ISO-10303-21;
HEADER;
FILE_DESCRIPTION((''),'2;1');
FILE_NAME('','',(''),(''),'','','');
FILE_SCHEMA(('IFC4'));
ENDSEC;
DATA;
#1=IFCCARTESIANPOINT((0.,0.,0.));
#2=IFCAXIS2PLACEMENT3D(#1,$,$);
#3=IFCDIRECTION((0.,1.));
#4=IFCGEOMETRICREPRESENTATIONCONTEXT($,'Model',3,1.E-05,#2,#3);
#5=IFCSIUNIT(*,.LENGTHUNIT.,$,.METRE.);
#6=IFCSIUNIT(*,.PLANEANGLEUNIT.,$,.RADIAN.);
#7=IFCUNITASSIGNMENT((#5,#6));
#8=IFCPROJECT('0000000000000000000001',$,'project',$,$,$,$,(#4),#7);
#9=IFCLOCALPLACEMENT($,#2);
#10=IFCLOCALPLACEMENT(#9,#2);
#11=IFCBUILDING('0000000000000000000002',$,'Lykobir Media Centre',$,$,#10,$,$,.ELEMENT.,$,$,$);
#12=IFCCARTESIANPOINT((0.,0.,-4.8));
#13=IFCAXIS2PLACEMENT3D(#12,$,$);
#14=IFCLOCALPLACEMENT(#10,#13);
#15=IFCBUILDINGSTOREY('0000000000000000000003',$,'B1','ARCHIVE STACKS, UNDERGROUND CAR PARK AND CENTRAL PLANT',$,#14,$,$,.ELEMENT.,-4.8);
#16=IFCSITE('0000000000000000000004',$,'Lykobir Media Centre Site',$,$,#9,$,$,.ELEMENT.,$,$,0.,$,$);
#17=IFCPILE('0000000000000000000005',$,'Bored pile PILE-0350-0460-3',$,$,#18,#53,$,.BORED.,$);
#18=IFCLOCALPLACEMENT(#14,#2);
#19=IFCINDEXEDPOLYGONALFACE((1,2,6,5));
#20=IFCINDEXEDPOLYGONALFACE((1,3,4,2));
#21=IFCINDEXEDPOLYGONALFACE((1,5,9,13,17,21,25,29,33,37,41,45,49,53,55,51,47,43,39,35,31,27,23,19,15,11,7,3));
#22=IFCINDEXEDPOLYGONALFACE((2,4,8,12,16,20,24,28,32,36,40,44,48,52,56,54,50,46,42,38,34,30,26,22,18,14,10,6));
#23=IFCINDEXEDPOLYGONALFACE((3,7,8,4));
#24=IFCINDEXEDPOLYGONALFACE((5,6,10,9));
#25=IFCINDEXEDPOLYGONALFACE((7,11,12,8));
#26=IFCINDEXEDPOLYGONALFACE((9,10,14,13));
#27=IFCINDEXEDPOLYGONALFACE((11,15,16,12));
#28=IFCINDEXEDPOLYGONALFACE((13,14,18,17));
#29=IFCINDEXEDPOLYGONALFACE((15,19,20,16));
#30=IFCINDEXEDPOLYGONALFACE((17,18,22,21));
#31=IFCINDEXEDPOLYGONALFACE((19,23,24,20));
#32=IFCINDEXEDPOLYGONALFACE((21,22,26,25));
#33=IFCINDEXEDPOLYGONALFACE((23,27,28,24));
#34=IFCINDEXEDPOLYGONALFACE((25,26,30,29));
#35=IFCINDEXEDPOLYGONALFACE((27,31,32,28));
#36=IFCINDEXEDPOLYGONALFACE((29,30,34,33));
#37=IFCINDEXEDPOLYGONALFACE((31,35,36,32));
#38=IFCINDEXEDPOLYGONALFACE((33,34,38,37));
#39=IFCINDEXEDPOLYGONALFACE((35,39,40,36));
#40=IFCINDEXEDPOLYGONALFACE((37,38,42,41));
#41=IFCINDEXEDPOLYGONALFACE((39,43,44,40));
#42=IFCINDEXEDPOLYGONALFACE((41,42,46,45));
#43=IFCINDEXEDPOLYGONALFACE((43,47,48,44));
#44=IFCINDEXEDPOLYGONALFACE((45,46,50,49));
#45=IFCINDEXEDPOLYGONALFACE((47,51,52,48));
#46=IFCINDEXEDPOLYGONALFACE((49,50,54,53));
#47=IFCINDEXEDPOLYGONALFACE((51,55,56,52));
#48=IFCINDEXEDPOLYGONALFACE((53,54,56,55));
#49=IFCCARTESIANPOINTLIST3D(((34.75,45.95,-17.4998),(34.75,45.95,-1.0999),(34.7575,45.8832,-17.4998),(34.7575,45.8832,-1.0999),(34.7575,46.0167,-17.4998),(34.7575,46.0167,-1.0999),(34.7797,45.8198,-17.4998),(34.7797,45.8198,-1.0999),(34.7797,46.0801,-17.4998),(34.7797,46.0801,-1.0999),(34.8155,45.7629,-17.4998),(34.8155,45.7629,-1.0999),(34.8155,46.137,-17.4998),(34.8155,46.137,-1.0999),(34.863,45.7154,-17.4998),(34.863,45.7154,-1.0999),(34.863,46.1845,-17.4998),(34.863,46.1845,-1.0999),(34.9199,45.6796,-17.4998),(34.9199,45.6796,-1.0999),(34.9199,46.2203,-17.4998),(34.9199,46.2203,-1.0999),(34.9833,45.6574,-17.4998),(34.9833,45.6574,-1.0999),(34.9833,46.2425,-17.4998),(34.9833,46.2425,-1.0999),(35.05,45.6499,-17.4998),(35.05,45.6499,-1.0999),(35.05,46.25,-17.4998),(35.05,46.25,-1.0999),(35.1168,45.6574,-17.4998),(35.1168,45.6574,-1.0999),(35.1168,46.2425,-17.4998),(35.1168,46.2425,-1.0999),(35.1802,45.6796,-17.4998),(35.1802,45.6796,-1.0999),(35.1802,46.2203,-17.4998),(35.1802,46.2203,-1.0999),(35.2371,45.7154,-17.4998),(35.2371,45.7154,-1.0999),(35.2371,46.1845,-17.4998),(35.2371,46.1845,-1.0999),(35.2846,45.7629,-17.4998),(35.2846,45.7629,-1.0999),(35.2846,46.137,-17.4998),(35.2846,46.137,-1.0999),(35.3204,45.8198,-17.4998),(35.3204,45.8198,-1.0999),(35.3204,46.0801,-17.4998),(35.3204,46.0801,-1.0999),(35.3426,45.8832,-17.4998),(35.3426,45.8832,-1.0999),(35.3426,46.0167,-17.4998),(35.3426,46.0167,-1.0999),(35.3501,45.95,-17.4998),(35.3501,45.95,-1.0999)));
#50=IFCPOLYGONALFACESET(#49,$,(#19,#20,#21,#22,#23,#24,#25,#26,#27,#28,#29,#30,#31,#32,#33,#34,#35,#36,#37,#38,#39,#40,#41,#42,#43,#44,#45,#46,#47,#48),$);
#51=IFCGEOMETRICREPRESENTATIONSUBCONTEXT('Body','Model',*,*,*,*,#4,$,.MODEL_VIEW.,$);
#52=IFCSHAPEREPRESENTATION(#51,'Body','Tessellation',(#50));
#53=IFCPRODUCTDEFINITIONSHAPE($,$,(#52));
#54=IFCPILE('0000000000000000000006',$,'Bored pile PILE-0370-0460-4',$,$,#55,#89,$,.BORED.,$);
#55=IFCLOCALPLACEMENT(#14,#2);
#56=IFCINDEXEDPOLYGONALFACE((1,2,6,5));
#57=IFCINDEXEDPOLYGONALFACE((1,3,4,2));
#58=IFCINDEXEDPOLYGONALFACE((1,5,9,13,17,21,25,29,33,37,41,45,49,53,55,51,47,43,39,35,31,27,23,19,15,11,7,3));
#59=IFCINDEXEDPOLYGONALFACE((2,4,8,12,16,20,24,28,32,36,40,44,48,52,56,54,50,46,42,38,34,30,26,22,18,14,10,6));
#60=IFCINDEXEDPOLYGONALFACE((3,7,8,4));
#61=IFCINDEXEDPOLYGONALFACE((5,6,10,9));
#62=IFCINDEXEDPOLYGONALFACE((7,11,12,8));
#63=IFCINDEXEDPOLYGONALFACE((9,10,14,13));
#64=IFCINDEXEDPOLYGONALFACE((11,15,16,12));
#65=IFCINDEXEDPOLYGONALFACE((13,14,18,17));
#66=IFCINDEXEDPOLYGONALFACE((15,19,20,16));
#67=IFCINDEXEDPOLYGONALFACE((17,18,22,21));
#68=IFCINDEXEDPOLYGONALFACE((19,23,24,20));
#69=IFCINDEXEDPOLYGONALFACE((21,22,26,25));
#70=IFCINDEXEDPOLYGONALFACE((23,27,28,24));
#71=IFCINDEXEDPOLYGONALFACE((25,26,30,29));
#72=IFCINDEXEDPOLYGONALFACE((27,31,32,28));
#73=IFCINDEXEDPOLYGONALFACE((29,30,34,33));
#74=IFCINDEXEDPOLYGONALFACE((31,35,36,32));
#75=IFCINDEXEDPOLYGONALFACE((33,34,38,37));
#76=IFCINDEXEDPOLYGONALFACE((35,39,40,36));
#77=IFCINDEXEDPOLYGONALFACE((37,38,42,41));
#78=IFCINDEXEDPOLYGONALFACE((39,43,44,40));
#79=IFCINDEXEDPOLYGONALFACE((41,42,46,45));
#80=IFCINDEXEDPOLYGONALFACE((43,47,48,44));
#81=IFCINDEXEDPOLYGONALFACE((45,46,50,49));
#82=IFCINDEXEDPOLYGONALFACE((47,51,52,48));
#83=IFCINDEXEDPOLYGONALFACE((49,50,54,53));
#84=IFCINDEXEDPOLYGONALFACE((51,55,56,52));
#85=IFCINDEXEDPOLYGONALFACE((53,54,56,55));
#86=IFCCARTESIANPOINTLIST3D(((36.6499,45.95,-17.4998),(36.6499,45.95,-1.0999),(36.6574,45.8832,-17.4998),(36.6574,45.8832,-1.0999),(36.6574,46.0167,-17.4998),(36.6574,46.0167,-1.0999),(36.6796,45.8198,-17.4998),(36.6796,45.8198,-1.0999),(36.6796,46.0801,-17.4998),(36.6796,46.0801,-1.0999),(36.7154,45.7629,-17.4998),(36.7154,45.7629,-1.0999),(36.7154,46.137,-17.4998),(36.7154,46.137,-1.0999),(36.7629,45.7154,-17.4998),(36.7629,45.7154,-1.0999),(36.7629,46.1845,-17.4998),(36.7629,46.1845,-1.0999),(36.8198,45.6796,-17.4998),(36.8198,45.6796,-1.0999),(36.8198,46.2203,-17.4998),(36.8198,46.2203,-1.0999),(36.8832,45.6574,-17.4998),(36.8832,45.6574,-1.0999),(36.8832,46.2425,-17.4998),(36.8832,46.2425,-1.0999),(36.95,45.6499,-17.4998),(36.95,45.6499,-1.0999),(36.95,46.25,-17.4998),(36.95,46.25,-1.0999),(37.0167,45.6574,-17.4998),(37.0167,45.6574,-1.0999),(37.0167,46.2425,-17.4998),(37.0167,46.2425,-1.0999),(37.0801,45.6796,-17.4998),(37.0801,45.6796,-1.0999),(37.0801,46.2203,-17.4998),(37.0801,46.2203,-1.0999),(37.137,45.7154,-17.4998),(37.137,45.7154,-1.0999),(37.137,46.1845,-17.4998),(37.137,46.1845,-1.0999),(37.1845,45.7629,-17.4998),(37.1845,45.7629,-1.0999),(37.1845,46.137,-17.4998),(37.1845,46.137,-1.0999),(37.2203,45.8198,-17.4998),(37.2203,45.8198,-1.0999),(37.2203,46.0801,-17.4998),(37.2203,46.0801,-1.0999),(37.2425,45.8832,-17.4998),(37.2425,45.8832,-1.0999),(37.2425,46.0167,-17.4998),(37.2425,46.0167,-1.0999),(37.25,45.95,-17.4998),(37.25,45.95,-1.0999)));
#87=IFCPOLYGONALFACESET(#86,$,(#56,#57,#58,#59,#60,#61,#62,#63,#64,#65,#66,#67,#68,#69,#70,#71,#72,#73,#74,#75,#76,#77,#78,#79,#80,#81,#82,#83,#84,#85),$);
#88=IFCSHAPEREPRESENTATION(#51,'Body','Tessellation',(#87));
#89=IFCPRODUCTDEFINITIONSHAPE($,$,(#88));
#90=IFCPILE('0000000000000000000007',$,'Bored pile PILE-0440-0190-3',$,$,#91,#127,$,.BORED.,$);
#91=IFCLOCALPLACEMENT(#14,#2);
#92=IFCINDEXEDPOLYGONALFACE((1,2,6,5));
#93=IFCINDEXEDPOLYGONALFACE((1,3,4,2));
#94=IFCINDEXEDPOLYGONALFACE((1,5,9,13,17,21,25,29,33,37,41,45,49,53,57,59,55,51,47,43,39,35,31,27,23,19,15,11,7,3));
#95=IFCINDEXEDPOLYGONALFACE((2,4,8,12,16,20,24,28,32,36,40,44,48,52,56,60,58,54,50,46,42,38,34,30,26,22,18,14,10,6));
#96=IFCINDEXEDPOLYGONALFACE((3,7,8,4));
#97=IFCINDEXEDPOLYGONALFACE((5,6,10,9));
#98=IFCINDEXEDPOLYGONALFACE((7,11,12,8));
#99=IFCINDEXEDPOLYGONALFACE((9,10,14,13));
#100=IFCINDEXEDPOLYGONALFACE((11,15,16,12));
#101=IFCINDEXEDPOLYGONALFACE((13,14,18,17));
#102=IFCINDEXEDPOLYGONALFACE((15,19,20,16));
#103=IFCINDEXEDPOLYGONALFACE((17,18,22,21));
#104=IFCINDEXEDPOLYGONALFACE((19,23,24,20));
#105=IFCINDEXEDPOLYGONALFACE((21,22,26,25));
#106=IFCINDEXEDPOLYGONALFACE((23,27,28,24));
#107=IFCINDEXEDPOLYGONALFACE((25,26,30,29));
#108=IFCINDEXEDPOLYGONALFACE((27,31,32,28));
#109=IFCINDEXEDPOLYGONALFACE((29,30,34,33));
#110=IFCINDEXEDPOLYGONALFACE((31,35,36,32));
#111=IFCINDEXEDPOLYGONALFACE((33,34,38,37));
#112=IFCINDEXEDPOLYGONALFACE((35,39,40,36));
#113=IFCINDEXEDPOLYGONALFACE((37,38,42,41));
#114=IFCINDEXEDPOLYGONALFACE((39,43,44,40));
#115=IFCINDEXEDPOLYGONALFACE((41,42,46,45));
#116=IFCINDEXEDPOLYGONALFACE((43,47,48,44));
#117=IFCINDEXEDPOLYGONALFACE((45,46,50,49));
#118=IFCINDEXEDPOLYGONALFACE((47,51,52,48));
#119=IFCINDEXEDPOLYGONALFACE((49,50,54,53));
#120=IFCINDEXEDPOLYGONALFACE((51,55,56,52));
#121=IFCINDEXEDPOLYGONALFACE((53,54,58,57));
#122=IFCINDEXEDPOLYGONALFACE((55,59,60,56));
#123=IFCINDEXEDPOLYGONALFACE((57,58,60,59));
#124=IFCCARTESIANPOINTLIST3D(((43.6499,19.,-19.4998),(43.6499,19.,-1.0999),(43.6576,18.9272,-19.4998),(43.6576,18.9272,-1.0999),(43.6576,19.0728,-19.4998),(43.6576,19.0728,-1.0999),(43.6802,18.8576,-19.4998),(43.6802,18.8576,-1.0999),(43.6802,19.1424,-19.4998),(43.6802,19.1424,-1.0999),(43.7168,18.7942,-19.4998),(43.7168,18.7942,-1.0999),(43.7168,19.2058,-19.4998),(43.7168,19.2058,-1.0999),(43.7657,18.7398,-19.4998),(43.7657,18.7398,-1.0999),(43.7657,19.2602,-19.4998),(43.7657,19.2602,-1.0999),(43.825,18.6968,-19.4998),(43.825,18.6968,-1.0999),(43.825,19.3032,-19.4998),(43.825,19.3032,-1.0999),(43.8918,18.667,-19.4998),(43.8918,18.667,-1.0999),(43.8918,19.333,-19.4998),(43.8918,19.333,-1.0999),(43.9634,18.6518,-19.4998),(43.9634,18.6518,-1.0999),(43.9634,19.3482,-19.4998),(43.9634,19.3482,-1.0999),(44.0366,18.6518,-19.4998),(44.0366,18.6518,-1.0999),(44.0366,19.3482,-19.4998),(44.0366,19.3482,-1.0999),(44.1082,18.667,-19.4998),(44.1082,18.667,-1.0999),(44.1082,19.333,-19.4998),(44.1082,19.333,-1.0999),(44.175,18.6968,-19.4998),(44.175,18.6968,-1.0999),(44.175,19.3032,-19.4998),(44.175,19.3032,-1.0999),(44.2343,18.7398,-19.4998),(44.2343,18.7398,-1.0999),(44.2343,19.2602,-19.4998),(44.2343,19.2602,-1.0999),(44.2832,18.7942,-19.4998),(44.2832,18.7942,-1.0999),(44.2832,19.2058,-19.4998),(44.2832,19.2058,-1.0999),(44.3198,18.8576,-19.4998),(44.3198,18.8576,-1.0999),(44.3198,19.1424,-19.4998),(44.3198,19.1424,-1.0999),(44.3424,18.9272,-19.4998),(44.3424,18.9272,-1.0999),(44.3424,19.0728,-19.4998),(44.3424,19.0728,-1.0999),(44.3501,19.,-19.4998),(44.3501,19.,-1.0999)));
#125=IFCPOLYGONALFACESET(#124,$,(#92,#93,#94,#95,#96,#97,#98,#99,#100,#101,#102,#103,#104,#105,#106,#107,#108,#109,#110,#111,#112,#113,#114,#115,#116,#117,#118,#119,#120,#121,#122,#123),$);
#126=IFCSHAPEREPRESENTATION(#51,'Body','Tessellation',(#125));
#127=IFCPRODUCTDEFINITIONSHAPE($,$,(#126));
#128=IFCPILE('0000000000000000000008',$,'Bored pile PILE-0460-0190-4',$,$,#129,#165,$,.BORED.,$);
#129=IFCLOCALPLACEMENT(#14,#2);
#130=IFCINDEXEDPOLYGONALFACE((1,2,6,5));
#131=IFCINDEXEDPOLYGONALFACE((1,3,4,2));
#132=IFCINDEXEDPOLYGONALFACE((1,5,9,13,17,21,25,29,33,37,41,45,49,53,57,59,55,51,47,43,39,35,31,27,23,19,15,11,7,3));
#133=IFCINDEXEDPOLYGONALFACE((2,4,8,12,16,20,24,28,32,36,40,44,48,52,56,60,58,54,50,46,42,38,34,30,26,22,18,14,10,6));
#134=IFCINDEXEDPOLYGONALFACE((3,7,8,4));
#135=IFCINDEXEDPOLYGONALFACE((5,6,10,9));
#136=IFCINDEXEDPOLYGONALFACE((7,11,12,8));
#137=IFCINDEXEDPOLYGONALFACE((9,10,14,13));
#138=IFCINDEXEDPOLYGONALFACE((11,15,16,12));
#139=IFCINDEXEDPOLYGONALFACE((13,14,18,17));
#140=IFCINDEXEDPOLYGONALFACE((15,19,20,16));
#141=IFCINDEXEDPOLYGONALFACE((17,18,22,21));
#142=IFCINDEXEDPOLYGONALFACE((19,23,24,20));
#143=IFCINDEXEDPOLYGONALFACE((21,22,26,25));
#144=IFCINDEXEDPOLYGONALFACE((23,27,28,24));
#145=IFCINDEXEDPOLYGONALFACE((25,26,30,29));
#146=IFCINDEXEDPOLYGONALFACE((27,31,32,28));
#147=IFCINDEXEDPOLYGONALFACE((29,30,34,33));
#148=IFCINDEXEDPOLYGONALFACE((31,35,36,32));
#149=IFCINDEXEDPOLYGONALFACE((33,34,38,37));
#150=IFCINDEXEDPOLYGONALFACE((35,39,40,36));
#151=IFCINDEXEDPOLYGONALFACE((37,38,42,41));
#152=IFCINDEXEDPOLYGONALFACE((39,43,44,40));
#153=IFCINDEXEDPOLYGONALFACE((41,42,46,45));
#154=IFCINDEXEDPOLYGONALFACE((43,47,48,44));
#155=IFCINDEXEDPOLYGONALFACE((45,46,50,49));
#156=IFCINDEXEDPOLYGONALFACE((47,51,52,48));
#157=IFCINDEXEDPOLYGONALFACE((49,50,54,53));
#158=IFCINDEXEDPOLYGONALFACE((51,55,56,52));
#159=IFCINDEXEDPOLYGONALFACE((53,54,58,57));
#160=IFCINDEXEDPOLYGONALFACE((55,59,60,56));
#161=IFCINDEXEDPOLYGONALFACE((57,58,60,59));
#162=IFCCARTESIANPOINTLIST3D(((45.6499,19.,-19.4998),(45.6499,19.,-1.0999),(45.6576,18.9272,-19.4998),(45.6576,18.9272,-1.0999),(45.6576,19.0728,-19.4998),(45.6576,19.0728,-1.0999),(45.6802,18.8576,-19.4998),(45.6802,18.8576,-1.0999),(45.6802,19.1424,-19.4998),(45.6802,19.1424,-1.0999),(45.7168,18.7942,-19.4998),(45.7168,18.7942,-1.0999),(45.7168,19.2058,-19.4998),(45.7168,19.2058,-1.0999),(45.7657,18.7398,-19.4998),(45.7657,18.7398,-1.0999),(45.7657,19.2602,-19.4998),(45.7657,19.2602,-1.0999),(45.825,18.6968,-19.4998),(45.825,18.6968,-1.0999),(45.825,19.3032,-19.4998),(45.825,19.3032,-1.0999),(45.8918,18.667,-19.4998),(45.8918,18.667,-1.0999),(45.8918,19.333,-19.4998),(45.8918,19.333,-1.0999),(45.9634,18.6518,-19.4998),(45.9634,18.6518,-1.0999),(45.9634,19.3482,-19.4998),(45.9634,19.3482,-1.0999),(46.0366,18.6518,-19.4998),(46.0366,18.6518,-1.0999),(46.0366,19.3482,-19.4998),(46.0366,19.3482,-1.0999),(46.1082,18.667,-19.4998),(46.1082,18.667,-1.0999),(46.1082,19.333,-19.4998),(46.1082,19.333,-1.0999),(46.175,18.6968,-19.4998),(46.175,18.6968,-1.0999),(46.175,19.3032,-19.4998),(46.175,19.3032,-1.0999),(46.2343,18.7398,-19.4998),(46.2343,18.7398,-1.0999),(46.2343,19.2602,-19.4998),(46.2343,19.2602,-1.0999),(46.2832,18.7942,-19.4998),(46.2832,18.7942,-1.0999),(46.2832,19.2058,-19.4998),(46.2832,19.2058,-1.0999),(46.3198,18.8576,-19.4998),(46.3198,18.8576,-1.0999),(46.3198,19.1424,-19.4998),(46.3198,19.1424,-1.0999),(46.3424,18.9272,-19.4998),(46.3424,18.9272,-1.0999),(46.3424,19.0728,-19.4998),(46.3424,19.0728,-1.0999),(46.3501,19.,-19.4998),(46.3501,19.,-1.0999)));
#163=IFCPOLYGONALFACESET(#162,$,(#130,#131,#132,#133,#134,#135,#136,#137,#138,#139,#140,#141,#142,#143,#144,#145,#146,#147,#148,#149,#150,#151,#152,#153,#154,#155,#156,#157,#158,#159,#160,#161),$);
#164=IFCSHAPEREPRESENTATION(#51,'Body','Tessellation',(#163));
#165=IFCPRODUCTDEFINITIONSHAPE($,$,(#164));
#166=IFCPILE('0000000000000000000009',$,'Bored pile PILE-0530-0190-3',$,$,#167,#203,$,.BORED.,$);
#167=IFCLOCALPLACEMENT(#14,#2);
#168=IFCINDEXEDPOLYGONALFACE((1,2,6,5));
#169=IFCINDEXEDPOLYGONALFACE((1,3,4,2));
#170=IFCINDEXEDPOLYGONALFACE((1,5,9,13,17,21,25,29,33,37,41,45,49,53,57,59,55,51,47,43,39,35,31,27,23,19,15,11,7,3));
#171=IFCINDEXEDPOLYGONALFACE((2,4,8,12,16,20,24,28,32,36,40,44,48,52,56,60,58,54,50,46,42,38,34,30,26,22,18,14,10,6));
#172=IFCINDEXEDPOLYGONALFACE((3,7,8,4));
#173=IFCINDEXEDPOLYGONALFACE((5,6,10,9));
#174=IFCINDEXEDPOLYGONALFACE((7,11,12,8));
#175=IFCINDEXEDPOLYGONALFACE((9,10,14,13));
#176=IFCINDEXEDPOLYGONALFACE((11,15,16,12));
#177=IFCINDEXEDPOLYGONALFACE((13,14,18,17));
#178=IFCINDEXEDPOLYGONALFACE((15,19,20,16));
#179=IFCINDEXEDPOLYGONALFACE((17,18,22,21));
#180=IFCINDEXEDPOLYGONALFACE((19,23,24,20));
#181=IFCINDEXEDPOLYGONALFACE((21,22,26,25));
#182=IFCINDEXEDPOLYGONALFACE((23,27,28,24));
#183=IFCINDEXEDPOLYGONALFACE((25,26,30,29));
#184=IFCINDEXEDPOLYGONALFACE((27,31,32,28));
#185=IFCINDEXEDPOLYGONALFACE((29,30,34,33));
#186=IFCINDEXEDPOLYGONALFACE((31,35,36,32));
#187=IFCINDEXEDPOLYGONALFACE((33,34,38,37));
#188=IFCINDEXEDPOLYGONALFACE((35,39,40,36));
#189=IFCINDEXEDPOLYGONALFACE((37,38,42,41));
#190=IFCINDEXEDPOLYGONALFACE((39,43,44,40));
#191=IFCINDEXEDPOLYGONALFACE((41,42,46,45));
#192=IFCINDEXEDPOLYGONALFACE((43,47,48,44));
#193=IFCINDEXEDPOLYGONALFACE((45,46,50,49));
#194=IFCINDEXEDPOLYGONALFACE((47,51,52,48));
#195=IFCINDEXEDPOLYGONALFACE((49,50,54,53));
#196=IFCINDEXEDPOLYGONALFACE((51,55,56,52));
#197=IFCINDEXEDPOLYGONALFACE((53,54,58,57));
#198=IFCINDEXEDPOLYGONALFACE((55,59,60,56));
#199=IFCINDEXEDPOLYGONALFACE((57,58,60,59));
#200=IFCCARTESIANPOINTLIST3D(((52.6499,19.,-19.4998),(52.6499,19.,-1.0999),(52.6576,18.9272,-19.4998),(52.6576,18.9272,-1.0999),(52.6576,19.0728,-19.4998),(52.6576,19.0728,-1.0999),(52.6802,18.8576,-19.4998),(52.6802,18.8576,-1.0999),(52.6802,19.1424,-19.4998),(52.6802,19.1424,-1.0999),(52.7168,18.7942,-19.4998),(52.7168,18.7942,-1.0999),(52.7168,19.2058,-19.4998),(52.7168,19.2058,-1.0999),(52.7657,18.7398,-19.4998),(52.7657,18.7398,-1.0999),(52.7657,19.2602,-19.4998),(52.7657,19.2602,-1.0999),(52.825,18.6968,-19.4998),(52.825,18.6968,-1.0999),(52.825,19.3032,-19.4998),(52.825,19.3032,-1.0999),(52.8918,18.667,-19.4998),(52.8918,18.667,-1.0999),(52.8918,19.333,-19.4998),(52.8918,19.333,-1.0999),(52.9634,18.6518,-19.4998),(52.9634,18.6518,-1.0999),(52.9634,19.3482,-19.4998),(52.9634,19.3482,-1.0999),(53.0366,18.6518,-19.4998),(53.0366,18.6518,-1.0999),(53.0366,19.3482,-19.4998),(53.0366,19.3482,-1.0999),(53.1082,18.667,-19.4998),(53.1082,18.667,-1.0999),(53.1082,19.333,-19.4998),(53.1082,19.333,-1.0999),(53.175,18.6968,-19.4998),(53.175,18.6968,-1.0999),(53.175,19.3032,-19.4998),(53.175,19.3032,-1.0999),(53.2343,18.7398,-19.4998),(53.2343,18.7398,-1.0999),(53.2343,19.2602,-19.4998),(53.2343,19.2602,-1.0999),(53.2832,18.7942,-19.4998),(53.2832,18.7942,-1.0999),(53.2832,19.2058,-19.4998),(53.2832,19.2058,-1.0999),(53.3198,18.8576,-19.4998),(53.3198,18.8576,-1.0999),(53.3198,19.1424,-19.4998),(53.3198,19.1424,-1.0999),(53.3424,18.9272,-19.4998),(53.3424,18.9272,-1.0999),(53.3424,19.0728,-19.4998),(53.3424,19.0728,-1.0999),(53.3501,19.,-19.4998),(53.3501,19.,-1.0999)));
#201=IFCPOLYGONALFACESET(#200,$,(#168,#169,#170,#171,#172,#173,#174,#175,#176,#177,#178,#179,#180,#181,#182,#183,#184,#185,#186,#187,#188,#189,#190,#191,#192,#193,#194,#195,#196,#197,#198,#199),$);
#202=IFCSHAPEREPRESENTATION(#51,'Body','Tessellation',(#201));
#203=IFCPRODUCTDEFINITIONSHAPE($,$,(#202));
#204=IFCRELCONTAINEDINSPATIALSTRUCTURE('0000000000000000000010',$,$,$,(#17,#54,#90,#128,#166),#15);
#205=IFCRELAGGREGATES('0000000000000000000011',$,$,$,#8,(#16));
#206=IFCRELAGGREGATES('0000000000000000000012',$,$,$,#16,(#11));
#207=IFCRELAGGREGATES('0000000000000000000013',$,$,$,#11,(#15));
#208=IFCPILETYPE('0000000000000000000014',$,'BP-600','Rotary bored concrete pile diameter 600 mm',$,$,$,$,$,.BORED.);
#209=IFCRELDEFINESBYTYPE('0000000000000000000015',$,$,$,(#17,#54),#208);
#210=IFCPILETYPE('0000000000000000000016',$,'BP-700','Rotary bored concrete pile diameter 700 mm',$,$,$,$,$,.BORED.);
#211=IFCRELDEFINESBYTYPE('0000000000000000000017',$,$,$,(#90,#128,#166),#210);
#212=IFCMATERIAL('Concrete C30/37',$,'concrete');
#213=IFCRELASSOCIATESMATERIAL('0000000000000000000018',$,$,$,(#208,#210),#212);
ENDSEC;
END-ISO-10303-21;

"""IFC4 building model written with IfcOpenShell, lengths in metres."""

from ifc_helpers import new_model, si_unit, direction, frame, origin, origin_2d, place, context, subcontext, project, spatial, circle, extrude, material, material_profile, profile_set, type_object, element, save


model = new_model("IFC4")

# Units and contexts
model_context = context("Model", 3, precision=1e-05, world=origin(), true_north=direction((0.0, 1.0)))
body_context = subcontext(model_context, "Body", "Model", "MODEL_VIEW")
ifc_project = project(units=[si_unit("LENGTHUNIT", "METRE"), si_unit("PLANEANGLEUNIT", "RADIAN")], contexts=[model_context])

# Site, building, storey
site_placement = place(None, origin())
site = spatial("IfcSite", under=ifc_project, at=site_placement, Name="Lykobir Media Centre Site", CompositionType="ELEMENT", RefElevation=0.0)
building_placement = place(site_placement, origin())
building = spatial("IfcBuilding", under=site, at=building_placement, Name="Lykobir Media Centre", CompositionType="ELEMENT")
storey_placement = place(building_placement, frame((0.0, 0.0, -4.8)))
storey = spatial("IfcBuildingStorey", under=building, at=storey_placement, Name="B1", Description="ARCHIVE STACKS, UNDERGROUND CAR PARK AND CENTRAL PLANT", CompositionType="ELEMENT", Elevation=-4.8)

# Piles
ifc_material_1 = material(Name="Concrete C30/37", Category="concrete")
ifc_material_profile_1 = material_profile(ifc_material_1, circle(Radius=0.3, at=origin_2d()), Name="BORED PILE D600")
ifc_profile_set_1 = profile_set([ifc_material_profile_1], Name="Concrete C30/37")
pile_type_1 = type_object("IfcPileType", Name="BP-600", Description="Rotary bored concrete pile diameter 600 mm", PredefinedType="BORED", material=ifc_profile_set_1)
for number, where, z_axis, x_axis, name in (
    (1, (35.05, 45.95, -1.0999), (0.0, 0.0, -1.0), (1.0, 0.0, 0.0), "Bored pile PILE-0350-0460-3"),
    (2, (36.95, 45.95, -1.0999), (0.0, 0.0, -1.0), (1.0, 0.0, 0.0), "Bored pile PILE-0370-0460-4"),
):
    element("IfcPile", number, at=place(storey_placement, frame(where, z_axis=z_axis, x_axis=x_axis)), inside=storey, type_object=pile_type_1, Name=name, PredefinedType="BORED", context=body_context, shape_type="SweptSolid", body=[
        extrude(circle(Radius=0.3, at=origin_2d()), origin(), (0.0, 0.0, 1.0), 16.3999),
    ])
ifc_material_profile_2 = material_profile(ifc_material_1, circle(Radius=0.3501, at=origin_2d()), Name="BORED PILE D700")
ifc_profile_set_2 = profile_set([ifc_material_profile_2], Name="Concrete C30/37")
pile_type_2 = type_object("IfcPileType", Name="BP-700", Description="Rotary bored concrete pile diameter 700 mm", PredefinedType="BORED", material=ifc_profile_set_2)
for number, where, z_axis, x_axis, name in (
    (3, (44.0, 19.0, -1.0999), (0.0, 0.0, -1.0), (1.0, 0.0, 0.0), "Bored pile PILE-0440-0190-3"),
    (4, (46.0, 19.0, -1.0999), (0.0, 0.0, -1.0), (1.0, 0.0, 0.0), "Bored pile PILE-0460-0190-4"),
    (5, (53.0, 19.0, -1.0999), (0.0, 0.0, -1.0), (1.0, 0.0, 0.0), "Bored pile PILE-0530-0190-3"),
):
    element("IfcPile", number, at=place(storey_placement, frame(where, z_axis=z_axis, x_axis=x_axis)), inside=storey, type_object=pile_type_2, Name=name, PredefinedType="BORED", context=body_context, shape_type="SweptSolid", body=[
        extrude(circle(Radius=0.3501, at=origin_2d()), origin(), (0.0, 0.0, 1.0), 18.3999),
    ])

save(model, "model.ifc")
